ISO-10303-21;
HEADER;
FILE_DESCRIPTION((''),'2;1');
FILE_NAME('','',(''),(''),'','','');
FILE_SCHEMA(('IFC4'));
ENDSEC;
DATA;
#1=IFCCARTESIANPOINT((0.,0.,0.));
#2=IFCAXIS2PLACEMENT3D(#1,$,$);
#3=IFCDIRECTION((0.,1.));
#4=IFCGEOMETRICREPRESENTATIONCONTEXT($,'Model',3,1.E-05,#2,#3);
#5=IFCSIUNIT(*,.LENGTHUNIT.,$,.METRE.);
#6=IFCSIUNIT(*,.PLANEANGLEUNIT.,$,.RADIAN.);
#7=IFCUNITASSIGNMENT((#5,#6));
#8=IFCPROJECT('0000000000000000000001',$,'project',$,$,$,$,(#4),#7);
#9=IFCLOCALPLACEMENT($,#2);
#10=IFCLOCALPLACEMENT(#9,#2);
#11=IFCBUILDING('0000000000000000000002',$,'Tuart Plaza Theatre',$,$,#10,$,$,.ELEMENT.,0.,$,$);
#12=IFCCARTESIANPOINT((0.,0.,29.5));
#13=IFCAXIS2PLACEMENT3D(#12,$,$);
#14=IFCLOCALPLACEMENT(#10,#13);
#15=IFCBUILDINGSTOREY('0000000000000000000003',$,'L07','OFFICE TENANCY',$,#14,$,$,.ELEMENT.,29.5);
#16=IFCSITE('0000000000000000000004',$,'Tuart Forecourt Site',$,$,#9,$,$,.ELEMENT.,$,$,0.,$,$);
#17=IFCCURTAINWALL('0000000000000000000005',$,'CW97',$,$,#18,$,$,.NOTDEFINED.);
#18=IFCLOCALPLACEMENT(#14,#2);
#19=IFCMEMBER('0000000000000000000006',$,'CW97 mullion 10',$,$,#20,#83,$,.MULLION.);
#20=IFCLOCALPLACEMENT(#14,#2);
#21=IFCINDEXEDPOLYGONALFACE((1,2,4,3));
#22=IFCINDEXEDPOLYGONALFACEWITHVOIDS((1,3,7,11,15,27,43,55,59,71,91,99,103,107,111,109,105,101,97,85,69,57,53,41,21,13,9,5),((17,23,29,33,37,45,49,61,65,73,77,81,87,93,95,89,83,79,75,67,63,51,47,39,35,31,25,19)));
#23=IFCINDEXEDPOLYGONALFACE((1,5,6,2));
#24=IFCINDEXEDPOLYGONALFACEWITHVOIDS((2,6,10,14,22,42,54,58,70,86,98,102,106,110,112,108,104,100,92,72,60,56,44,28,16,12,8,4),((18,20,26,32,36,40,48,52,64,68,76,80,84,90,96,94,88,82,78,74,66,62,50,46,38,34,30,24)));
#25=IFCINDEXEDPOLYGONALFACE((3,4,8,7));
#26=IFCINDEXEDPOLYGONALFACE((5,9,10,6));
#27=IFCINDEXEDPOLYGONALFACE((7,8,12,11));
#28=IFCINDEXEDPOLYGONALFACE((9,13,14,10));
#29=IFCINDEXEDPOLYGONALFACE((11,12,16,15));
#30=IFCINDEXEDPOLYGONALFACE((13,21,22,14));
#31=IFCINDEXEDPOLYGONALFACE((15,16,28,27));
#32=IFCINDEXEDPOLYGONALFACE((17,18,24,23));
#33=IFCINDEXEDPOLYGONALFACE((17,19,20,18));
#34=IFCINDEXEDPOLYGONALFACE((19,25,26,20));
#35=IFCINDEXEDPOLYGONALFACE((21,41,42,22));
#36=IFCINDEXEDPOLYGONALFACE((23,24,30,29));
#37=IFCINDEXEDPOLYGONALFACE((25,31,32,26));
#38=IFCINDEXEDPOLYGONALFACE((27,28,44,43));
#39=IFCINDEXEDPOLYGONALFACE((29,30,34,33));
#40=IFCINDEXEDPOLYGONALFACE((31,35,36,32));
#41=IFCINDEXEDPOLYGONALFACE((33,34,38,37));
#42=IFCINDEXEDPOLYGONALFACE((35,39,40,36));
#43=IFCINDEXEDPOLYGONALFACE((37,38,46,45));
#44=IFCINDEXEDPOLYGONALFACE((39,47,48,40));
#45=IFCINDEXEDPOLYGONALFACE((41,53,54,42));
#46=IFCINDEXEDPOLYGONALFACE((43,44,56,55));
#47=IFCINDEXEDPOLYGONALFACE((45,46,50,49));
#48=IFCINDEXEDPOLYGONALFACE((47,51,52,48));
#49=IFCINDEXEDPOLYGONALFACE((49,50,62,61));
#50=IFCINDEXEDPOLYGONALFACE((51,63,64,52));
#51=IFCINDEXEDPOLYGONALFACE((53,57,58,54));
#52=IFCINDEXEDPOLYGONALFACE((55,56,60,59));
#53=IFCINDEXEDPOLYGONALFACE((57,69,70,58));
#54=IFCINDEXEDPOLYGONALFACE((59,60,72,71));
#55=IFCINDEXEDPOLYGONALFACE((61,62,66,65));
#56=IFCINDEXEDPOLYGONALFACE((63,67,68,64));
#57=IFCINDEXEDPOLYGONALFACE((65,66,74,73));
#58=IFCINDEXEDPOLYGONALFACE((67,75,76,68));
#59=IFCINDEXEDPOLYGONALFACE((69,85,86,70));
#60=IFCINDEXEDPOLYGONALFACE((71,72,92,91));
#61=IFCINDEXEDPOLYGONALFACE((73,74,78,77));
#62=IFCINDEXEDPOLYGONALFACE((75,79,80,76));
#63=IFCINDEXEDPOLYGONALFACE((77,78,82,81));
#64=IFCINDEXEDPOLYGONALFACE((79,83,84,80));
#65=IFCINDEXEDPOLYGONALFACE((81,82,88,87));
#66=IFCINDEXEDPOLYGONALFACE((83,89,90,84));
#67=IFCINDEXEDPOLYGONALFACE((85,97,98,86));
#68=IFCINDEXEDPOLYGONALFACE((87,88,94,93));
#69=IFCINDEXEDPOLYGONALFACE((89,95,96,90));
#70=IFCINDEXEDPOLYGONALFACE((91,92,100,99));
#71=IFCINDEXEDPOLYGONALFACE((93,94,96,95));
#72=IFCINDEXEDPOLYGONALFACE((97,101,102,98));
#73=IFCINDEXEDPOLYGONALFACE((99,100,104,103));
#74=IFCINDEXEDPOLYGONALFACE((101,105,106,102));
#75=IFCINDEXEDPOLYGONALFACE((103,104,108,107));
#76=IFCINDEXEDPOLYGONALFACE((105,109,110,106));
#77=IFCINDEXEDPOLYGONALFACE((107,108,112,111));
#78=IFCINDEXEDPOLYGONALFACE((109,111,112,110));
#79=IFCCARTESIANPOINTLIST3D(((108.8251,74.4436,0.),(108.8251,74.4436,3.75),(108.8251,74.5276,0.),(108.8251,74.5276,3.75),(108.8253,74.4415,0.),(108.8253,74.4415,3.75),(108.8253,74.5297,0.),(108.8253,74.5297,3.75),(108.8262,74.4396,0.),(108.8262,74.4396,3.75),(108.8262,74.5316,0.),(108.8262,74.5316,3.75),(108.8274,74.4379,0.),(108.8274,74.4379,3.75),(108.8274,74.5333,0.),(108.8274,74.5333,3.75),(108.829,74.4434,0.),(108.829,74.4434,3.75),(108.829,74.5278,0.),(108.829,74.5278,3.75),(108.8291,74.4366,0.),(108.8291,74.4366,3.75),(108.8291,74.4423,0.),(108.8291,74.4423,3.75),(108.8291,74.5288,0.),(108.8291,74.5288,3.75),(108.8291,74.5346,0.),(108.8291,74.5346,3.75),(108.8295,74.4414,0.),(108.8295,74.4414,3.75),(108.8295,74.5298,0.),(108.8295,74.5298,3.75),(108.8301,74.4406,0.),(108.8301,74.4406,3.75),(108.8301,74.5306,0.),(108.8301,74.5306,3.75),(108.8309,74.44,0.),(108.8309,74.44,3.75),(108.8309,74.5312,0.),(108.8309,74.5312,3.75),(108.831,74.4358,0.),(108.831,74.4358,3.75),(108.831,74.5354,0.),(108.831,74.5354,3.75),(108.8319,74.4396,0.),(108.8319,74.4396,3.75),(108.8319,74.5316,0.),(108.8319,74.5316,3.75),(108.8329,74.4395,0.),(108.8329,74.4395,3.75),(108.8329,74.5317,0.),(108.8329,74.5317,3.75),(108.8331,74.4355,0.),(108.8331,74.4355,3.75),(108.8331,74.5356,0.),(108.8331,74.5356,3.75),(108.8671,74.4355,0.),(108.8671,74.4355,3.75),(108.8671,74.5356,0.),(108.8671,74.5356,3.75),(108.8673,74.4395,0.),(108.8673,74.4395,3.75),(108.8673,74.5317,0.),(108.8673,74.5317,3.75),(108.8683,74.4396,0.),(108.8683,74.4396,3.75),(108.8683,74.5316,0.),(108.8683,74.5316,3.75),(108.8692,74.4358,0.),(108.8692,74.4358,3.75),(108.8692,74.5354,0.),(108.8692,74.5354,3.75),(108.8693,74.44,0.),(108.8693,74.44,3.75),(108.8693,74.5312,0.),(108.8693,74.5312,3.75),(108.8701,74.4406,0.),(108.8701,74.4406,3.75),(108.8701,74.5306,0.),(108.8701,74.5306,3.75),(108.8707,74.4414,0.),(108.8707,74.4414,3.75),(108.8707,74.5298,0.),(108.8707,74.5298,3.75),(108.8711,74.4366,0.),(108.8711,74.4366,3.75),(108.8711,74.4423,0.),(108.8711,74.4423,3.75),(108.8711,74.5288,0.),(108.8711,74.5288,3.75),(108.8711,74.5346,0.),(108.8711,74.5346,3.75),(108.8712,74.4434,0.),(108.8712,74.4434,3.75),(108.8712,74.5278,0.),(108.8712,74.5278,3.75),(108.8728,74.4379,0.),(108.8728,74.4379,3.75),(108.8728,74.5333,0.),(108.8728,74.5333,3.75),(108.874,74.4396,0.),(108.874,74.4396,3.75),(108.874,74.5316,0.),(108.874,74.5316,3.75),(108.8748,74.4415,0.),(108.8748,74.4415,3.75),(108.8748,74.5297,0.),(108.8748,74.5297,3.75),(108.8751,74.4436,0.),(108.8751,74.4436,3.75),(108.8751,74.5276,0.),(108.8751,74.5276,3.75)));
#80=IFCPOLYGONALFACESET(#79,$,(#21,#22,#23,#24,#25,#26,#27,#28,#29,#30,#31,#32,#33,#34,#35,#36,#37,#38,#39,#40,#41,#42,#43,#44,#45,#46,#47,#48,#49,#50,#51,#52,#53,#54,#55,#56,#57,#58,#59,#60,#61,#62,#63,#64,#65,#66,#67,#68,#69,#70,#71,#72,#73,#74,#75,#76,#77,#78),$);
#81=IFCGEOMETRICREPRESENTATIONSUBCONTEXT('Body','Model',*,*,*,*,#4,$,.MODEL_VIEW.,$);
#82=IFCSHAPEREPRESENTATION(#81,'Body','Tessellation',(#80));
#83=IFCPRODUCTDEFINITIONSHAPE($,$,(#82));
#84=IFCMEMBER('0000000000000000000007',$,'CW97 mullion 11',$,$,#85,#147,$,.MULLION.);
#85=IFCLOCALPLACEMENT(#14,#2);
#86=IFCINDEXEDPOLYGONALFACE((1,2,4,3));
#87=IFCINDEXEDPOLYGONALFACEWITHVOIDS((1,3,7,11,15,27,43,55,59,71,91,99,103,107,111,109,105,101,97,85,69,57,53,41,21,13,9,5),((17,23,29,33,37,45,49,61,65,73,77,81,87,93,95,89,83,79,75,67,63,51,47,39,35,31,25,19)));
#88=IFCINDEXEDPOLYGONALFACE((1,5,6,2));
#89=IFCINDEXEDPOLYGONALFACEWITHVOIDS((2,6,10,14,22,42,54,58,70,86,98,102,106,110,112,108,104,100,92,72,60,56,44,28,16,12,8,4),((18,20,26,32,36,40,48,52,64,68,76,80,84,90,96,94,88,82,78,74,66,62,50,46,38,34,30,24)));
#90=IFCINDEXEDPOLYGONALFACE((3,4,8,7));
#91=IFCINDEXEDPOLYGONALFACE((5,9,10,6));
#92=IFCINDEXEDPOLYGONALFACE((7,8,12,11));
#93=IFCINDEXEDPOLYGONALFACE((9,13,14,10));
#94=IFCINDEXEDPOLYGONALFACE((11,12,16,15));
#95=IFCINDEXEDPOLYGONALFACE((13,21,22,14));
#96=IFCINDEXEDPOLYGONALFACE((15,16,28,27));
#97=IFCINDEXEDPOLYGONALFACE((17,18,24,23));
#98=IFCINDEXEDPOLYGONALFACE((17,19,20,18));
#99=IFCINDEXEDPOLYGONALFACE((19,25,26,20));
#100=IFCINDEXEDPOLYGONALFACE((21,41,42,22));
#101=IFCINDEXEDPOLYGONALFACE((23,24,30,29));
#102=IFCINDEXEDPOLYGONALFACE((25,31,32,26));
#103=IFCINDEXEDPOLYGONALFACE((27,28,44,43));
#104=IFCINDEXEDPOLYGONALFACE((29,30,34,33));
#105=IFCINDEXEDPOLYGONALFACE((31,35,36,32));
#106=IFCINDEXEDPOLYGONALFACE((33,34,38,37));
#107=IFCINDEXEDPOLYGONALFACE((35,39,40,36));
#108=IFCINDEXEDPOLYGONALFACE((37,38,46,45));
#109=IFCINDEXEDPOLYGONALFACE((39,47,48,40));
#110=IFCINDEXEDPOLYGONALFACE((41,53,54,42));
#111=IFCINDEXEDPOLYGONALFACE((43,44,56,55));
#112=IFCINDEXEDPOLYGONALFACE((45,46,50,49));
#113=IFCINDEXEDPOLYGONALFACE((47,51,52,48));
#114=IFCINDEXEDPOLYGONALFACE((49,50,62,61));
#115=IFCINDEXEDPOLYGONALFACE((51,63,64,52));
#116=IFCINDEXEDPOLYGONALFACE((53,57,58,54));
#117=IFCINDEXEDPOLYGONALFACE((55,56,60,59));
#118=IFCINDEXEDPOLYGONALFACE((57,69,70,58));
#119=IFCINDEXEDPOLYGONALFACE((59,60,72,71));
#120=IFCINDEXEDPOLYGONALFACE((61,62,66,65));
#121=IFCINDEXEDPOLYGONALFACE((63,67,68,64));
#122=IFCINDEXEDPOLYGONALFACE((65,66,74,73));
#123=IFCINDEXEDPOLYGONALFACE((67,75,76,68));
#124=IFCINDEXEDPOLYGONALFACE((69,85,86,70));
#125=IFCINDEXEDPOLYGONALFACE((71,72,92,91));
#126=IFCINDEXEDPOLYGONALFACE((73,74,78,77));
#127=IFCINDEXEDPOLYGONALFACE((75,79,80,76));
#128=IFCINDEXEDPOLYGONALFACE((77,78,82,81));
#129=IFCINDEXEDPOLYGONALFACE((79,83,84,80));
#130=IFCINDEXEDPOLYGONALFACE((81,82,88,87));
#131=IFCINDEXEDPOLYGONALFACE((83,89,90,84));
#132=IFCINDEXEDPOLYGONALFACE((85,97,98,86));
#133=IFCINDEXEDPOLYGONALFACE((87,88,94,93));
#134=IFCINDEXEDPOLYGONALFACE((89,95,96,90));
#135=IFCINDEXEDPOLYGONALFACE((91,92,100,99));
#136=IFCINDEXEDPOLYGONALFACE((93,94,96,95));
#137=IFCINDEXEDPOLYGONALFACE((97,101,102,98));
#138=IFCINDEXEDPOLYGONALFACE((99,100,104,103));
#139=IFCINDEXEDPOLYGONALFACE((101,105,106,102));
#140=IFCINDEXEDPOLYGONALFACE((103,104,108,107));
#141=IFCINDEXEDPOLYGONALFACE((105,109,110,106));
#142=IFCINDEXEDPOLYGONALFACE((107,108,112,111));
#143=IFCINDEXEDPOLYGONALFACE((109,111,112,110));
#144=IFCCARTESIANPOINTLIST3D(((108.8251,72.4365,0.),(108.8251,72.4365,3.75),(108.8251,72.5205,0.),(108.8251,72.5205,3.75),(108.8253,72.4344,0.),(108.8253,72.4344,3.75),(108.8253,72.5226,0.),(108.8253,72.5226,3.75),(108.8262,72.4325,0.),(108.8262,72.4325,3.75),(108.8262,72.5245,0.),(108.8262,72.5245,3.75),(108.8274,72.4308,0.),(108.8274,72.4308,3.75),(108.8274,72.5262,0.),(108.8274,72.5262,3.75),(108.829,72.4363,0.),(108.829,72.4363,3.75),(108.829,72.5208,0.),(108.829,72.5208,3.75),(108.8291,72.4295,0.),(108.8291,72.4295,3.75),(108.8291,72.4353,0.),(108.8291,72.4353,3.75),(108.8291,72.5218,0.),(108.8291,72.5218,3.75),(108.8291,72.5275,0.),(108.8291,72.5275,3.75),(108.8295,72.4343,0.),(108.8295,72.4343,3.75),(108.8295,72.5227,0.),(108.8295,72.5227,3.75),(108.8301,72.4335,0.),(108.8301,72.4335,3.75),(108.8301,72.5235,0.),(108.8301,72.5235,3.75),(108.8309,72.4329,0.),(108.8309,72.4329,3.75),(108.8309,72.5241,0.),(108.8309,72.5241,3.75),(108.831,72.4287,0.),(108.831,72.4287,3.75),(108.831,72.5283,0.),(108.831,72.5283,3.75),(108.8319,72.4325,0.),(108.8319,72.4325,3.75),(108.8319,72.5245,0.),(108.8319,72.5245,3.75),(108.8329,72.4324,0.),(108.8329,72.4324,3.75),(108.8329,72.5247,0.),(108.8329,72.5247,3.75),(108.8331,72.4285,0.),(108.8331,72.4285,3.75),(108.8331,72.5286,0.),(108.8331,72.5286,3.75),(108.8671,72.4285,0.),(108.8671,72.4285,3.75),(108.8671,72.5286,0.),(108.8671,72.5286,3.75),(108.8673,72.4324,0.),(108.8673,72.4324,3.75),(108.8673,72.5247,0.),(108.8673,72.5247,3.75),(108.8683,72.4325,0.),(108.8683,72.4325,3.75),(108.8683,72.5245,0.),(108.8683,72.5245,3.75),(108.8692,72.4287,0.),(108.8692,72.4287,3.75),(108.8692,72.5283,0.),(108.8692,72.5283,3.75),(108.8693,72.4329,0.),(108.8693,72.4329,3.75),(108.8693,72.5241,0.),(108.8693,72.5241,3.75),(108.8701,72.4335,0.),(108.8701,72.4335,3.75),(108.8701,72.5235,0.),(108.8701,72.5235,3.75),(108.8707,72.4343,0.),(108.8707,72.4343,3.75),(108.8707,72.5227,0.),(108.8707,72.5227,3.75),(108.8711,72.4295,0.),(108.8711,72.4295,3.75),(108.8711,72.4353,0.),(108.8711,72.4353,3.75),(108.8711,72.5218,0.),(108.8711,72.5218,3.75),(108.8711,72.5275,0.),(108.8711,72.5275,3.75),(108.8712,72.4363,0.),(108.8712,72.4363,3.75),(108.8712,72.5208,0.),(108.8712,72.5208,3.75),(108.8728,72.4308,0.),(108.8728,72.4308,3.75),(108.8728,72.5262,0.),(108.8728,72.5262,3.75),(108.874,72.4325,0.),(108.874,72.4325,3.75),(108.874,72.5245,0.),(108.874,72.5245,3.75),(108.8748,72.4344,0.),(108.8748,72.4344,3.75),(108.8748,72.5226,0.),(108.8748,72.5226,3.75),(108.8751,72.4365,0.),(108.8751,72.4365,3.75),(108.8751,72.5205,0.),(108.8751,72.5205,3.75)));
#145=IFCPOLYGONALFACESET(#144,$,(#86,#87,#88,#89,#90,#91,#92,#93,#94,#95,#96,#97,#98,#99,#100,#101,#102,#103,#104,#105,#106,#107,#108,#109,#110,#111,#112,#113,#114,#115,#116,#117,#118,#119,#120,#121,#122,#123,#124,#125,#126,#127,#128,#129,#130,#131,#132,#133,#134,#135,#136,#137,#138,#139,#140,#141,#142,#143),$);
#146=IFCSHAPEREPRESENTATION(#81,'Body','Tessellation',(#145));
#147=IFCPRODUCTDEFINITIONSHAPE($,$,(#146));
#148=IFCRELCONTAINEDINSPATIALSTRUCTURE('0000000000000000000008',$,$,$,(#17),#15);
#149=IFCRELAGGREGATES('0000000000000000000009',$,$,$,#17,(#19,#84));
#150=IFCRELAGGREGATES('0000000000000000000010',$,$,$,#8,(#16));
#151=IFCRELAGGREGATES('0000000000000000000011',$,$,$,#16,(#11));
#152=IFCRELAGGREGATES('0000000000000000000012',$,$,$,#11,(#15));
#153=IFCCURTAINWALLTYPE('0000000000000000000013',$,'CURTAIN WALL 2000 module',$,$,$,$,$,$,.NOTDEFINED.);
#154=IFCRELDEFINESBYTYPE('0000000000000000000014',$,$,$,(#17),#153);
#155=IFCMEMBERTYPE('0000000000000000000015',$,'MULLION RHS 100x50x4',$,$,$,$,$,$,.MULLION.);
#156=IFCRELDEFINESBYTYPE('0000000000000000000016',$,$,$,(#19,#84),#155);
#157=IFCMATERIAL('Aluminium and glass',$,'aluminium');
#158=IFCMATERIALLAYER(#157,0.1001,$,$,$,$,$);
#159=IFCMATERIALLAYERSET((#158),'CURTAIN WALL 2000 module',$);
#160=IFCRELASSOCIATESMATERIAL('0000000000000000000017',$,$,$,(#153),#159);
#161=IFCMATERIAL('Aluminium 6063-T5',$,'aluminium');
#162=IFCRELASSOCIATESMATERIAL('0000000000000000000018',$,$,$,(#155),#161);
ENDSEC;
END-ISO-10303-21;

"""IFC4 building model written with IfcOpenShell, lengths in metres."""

from ifc_helpers import new_model, si_unit, direction, frame, origin, origin_2d, place, context, subcontext, project, spatial, hollow_rectangle, extrude, material, layer, layer_set, material_profile, profile_set, type_object, element, aggregate, save


model = new_model("IFC4")

# Units and contexts
model_context = context("Model", 3, precision=1e-05, world=origin(), true_north=direction((0.0, 1.0)))
body_context = subcontext(model_context, "Body", "Model", "MODEL_VIEW")
ifc_project = project(units=[si_unit("LENGTHUNIT", "METRE"), si_unit("PLANEANGLEUNIT", "RADIAN")], contexts=[model_context])

# Site, building, storey
site_placement = place(None, origin())
site = spatial("IfcSite", under=ifc_project, at=site_placement, Name="Tuart Forecourt Site", CompositionType="ELEMENT", RefElevation=0.0)
building_placement = place(site_placement, origin())
building = spatial("IfcBuilding", under=site, at=building_placement, Name="Tuart Plaza Theatre", CompositionType="ELEMENT", ElevationOfRefHeight=0.0)
storey_placement = place(building_placement, frame((0.0, 0.0, 29.5)))
storey = spatial("IfcBuildingStorey", under=building, at=storey_placement, Name="L07", Description="OFFICE TENANCY", CompositionType="ELEMENT", Elevation=29.5)

# Shared definitions
ifc_material_1 = material(Name="Aluminium and glass", Category="aluminium")
ifc_layer_1 = layer(ifc_material_1, 0.1001)
ifc_layer_set_1 = layer_set([ifc_layer_1], Name="CURTAIN WALL 2000 module")
curtain_wall_type = type_object("IfcCurtainWallType", Name="CURTAIN WALL 2000 module", PredefinedType="NOTDEFINED", material=ifc_layer_set_1)
ifc_material_2 = material(Name="Aluminium 6063-T5", Category="aluminium")
ifc_material_profile_1 = material_profile(ifc_material_2, hollow_rectangle(XDim=0.05, YDim=0.1001, WallThickness=0.0039, InnerFilletRadius=0.0039, OuterFilletRadius=0.0081, at=origin_2d()), Name="RHS 100x50x4")
ifc_profile_set_1 = profile_set([ifc_material_profile_1], Name="Aluminium 6063-T5")
member_type_1 = type_object("IfcMemberType", Name="MULLION RHS 100x50x4", PredefinedType="MULLION", material=ifc_profile_set_1)

# Curtain wall, members
curtain_wall_1_placement = place(storey_placement, origin())
curtain_wall_1 = element("IfcCurtainWall", 1, at=curtain_wall_1_placement, inside=storey, type_object=curtain_wall_type, Name="CW97", PredefinedType="NOTDEFINED")
member_1_placement = place(storey_placement, frame((108.8501, 74.4856, 0.0), z_axis=(0.0, 0.0, 1.0), x_axis=(1.0, 0.0, 0.0)))
member_1 = element("IfcMember", 2, at=member_1_placement, type_object=member_type_1, Name="CW97 mullion 10", PredefinedType="MULLION", context=body_context, shape_type="SweptSolid", body=[
    extrude(hollow_rectangle(XDim=0.05, YDim=0.1001, WallThickness=0.0039, InnerFilletRadius=0.0039, OuterFilletRadius=0.0081, at=origin_2d()), origin(), (0.0, 0.0, 1.0), 3.75),
])
member_2_placement = place(storey_placement, frame((108.8501, 72.4785, 0.0), z_axis=(0.0, 0.0, 1.0), x_axis=(1.0, 0.0, 0.0)))
member_2 = element("IfcMember", 3, at=member_2_placement, type_object=member_type_1, Name="CW97 mullion 11", PredefinedType="MULLION", context=body_context, shape_type="SweptSolid", body=[
    extrude(hollow_rectangle(XDim=0.05, YDim=0.1001, WallThickness=0.0039, InnerFilletRadius=0.0039, OuterFilletRadius=0.0081, at=origin_2d()), origin(), (0.0, 0.0, 1.0), 3.75),
])
aggregate(curtain_wall_1, [member_1, member_2])

save(model, "model.ifc")
